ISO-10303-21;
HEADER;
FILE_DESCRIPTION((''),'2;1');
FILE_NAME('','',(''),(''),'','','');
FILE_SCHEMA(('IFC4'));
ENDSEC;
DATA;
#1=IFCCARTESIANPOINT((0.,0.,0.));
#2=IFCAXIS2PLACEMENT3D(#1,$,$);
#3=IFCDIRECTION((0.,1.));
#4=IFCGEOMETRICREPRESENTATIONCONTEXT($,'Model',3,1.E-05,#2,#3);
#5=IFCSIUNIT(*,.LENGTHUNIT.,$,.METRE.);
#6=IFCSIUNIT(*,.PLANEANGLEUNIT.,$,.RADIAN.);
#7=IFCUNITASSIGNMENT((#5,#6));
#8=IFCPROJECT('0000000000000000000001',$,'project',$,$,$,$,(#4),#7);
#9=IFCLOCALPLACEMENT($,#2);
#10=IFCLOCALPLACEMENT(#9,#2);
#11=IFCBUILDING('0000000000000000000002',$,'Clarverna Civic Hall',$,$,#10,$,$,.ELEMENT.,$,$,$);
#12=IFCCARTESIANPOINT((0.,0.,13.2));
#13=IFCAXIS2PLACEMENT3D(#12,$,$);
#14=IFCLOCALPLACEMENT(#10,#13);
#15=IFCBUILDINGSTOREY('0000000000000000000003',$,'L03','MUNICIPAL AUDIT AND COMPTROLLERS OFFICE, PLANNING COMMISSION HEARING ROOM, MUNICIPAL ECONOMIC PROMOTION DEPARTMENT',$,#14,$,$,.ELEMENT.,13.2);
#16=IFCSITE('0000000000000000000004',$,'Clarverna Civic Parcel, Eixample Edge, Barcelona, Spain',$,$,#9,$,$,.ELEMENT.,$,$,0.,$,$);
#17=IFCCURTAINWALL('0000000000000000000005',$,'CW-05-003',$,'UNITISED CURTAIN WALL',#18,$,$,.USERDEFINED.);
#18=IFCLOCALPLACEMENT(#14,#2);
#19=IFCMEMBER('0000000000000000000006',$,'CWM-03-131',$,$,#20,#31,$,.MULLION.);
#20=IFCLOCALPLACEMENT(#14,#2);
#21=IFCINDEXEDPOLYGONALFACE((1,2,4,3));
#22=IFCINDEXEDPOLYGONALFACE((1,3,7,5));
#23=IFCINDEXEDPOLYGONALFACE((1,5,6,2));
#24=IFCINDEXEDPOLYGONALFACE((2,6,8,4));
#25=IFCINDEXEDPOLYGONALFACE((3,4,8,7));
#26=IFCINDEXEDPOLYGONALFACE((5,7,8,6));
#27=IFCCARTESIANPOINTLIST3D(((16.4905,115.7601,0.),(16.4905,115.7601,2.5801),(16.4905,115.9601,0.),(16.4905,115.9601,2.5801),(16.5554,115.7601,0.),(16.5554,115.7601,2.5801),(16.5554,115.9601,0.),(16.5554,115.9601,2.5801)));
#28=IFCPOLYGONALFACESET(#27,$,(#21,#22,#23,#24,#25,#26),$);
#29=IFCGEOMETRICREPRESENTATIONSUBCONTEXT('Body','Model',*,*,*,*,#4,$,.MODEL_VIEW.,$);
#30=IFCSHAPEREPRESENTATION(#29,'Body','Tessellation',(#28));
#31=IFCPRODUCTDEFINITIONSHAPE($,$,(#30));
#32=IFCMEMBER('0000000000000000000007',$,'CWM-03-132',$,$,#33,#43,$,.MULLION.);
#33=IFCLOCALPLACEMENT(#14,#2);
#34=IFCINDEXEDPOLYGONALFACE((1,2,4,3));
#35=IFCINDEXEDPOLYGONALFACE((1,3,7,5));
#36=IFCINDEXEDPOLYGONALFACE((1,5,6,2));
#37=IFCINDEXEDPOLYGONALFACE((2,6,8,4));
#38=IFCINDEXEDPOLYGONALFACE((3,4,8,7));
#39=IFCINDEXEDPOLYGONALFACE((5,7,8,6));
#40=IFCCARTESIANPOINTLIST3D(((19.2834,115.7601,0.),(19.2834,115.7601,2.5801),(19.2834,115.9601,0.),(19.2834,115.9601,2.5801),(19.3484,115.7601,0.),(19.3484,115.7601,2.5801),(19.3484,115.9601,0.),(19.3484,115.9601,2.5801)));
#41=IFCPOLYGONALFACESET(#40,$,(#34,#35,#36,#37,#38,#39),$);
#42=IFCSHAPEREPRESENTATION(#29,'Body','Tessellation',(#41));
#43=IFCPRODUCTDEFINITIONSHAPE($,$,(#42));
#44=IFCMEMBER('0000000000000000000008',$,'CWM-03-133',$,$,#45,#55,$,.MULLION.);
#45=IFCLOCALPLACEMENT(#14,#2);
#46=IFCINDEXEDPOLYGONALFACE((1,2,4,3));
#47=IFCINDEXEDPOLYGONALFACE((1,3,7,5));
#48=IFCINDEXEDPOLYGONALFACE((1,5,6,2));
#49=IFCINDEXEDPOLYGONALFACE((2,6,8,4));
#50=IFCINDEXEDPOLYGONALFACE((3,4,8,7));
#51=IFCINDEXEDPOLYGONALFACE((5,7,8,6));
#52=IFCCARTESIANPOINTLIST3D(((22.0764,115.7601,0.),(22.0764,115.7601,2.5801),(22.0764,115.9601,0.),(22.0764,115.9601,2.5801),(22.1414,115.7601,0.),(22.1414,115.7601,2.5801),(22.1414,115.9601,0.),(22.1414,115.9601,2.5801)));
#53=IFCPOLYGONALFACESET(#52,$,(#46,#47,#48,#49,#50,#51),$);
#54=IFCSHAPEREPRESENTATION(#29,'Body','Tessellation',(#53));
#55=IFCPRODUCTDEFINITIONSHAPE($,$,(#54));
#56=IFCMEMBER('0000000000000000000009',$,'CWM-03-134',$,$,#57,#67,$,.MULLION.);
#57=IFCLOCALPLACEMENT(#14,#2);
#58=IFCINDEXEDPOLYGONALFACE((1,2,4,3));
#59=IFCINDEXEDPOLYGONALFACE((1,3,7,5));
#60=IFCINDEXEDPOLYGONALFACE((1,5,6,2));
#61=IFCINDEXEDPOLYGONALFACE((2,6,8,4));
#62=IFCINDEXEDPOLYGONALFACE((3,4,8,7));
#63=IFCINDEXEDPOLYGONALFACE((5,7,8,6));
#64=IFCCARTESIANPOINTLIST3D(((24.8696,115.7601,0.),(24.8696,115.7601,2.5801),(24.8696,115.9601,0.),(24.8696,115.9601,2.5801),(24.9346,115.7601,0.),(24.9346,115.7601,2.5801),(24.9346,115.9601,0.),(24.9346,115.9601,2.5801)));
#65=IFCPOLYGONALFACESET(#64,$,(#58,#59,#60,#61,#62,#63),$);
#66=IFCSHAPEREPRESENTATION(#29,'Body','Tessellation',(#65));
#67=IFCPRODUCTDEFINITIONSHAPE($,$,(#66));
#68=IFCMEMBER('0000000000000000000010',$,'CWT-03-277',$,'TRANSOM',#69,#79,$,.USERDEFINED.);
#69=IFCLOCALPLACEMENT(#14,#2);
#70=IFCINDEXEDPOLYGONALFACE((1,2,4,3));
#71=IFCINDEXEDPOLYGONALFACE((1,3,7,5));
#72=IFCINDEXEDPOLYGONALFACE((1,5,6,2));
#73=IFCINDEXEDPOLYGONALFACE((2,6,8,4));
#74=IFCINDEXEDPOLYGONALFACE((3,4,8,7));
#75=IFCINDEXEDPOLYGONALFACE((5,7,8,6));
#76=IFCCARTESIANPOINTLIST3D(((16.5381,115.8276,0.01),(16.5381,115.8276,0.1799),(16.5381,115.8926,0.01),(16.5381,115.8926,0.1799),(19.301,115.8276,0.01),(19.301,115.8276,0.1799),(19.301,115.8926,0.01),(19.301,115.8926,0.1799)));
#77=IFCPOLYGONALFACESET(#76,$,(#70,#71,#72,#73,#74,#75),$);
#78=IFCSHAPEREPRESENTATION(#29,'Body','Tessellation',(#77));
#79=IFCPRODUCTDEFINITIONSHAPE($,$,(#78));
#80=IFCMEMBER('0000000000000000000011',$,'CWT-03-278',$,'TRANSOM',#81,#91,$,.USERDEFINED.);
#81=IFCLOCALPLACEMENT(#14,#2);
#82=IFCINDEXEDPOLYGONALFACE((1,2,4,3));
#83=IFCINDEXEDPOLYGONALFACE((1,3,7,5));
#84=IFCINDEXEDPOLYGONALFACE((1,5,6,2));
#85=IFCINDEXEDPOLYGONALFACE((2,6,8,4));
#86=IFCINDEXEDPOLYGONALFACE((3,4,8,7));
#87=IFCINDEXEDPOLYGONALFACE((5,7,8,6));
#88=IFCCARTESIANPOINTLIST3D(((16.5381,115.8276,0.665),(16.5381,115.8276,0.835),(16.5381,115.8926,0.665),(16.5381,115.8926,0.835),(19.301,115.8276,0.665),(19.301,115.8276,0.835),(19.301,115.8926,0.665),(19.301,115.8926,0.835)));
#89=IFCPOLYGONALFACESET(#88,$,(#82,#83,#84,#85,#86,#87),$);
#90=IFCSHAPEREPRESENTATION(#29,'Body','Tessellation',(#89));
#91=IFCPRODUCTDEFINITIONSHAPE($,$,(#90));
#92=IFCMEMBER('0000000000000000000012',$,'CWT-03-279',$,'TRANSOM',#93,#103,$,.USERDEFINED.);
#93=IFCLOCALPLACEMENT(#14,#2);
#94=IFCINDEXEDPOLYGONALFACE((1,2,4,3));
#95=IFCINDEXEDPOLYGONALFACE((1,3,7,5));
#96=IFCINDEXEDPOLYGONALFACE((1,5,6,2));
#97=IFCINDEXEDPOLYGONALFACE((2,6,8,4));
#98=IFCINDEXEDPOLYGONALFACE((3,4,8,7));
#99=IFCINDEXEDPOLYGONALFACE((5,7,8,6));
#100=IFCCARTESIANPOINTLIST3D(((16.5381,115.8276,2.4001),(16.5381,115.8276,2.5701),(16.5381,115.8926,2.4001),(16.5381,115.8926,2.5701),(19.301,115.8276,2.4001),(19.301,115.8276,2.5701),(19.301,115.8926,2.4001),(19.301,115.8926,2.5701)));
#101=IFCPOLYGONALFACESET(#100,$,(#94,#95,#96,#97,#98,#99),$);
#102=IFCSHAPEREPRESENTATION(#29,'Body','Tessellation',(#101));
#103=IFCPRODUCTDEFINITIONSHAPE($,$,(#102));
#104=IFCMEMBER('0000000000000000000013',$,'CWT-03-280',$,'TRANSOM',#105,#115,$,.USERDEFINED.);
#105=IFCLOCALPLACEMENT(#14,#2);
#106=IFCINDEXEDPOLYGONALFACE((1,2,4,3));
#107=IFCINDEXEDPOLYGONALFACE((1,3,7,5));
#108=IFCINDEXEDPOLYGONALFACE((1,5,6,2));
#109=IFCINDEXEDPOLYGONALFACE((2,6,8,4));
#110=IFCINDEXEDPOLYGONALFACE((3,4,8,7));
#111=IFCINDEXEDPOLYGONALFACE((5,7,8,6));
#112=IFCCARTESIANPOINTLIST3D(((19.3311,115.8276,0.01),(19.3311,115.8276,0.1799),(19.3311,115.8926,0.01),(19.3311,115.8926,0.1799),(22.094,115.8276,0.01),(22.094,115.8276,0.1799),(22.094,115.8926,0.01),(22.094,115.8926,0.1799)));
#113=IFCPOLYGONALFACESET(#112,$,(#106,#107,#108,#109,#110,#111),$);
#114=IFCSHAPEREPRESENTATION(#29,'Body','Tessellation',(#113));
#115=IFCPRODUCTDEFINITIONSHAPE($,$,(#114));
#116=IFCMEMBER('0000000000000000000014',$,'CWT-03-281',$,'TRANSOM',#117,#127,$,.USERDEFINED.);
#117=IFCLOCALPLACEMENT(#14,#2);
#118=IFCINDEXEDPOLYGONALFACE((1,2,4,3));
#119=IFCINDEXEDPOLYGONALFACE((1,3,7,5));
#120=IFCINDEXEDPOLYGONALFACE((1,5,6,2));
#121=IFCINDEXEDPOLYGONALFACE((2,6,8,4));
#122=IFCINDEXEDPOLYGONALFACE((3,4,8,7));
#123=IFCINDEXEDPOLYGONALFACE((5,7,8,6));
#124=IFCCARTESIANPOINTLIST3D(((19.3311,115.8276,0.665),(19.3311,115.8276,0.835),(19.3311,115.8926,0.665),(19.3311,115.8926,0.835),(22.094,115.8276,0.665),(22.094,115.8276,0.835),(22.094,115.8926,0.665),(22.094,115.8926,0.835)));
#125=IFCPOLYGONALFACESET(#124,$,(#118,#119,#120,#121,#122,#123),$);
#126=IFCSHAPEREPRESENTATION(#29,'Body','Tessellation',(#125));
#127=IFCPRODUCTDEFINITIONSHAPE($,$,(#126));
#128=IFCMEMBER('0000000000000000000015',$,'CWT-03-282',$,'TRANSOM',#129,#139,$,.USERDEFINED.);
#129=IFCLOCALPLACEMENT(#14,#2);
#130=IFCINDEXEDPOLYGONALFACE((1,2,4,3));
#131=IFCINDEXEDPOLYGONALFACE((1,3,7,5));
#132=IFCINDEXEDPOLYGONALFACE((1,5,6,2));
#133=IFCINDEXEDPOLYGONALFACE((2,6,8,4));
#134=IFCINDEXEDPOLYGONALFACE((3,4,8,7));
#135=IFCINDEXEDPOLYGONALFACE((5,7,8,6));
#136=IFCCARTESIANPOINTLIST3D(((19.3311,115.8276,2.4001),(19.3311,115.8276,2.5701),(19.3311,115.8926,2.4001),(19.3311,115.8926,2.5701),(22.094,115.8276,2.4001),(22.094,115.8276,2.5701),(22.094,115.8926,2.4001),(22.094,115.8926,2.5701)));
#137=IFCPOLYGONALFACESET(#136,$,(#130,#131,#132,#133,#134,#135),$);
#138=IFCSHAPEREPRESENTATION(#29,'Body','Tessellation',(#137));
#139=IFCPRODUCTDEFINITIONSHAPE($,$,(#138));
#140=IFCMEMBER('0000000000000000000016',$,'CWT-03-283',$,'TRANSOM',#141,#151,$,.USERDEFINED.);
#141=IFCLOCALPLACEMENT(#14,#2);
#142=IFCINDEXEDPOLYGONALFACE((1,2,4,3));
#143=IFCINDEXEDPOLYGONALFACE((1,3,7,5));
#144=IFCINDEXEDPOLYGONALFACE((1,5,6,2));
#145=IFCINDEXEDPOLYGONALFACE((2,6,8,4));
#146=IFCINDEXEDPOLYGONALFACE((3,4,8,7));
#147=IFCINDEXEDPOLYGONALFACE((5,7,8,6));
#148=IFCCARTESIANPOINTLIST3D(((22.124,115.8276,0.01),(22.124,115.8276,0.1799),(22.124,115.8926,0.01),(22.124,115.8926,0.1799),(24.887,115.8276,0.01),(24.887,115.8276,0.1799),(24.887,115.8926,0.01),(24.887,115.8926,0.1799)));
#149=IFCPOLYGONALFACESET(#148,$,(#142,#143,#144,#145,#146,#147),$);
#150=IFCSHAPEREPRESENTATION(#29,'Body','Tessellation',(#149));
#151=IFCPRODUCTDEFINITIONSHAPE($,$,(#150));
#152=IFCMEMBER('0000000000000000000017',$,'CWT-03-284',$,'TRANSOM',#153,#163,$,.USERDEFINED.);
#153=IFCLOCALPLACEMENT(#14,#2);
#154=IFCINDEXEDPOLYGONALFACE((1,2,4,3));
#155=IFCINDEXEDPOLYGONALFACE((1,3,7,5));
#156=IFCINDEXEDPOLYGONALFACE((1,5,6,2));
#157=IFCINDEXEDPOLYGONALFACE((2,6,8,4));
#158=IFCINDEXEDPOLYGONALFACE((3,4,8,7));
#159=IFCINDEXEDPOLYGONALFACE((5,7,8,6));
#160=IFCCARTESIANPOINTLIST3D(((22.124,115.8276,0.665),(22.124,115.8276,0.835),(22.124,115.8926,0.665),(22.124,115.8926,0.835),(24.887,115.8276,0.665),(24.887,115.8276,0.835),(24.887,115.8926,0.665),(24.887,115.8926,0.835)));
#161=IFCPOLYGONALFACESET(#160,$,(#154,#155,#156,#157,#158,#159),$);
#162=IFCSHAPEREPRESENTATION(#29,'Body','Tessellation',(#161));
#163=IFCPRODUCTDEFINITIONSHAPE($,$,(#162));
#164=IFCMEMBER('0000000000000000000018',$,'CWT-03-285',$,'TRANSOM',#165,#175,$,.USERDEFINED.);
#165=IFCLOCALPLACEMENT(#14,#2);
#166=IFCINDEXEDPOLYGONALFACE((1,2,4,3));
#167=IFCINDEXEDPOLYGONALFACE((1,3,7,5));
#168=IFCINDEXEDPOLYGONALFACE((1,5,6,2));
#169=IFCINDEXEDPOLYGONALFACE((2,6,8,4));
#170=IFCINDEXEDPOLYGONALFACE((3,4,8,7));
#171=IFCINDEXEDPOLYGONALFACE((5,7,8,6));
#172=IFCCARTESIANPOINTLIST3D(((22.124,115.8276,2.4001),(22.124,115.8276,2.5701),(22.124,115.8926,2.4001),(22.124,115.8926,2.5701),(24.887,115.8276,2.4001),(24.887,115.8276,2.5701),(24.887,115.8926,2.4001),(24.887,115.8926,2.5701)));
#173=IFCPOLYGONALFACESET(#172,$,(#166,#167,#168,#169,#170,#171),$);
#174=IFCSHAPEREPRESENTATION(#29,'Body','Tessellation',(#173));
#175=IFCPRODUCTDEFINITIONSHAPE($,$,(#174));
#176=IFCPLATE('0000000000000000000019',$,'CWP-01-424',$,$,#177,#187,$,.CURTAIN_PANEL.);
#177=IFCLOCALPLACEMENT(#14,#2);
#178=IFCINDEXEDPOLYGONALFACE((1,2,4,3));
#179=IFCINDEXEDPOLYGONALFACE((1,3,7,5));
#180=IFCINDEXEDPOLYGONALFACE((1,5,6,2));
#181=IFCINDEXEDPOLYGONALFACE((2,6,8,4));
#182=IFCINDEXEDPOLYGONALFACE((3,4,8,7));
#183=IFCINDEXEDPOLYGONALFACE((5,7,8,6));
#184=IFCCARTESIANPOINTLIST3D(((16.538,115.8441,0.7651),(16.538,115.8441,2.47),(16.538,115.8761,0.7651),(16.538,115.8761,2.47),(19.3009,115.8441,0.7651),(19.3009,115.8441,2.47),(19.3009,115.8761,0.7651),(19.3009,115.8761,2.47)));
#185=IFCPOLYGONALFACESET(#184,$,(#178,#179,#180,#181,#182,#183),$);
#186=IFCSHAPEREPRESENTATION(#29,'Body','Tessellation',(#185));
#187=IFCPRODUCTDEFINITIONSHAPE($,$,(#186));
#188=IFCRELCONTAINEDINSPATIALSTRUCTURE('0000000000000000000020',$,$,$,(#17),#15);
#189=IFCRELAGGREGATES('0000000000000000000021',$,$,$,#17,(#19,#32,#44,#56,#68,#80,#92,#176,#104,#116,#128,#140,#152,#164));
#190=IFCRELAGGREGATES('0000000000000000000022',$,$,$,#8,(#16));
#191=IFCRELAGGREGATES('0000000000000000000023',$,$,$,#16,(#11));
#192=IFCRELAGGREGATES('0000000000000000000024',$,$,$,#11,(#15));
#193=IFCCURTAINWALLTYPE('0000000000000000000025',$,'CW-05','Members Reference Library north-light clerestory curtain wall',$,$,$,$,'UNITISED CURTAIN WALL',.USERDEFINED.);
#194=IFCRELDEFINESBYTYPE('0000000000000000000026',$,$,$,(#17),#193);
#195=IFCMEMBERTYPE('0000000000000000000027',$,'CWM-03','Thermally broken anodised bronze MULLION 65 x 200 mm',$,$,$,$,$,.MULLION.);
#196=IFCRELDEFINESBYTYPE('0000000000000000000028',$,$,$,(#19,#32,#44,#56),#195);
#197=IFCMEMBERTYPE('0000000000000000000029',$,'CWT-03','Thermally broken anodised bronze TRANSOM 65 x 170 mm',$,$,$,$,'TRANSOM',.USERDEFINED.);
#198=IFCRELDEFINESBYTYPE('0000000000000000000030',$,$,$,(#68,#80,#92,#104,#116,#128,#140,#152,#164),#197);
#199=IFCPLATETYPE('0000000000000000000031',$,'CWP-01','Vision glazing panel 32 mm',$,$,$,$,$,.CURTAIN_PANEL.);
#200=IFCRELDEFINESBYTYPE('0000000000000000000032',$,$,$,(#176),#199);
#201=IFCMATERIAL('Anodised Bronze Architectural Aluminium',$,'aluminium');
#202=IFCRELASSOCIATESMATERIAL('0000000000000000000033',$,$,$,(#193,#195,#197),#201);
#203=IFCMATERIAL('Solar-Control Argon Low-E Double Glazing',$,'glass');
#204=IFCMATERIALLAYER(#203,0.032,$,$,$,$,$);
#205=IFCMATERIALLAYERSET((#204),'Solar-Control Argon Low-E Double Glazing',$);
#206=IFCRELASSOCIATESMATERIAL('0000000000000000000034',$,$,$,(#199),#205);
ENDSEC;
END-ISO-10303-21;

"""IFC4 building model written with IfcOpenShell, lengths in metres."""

from ifc_helpers import new_model, si_unit, direction, frame, frame_2d, origin, origin_2d, place, context, subcontext, project, spatial, rectangle, extrude, material, layer, layer_set, material_profile, profile_set, type_object, element, aggregate, save


model = new_model("IFC4")

# Units and contexts
model_context = context("Model", 3, precision=1e-05, world=origin(), true_north=direction((0.0, 1.0)))
body_context = subcontext(model_context, "Body", "Model", "MODEL_VIEW")
ifc_project = project(units=[si_unit("LENGTHUNIT", "METRE"), si_unit("PLANEANGLEUNIT", "RADIAN")], contexts=[model_context])

# Site, building, storey
site_placement = place(None, origin())
site = spatial("IfcSite", under=ifc_project, at=site_placement, Name="Clarverna Civic Parcel, Eixample Edge, Barcelona, Spain", CompositionType="ELEMENT", RefElevation=0.0)
building_placement = place(site_placement, origin())
building = spatial("IfcBuilding", under=site, at=building_placement, Name="Clarverna Civic Hall", CompositionType="ELEMENT")
storey_placement = place(building_placement, frame((0.0, 0.0, 13.2)))
storey = spatial("IfcBuildingStorey", under=building, at=storey_placement, Name="L03", Description="MUNICIPAL AUDIT AND COMPTROLLERS OFFICE, PLANNING COMMISSION HEARING ROOM, MUNICIPAL ECONOMIC PROMOTION DEPARTMENT", CompositionType="ELEMENT", Elevation=13.2)

# Shared definitions
ifc_material_1 = material(Name="Anodised Bronze Architectural Aluminium", Category="aluminium")
curtain_wall_type = type_object("IfcCurtainWallType", Name="CW-05", Description="Members Reference Library north-light clerestory curtain wall", ElementType="UNITISED CURTAIN WALL", PredefinedType="USERDEFINED", material=ifc_material_1)

# Curtain wall, members, plate
curtain_wall_1_placement = place(storey_placement, origin())
curtain_wall_1 = element("IfcCurtainWall", 1, at=curtain_wall_1_placement, inside=storey, type_object=curtain_wall_type, Name="CW-05-003", ObjectType="UNITISED CURTAIN WALL", PredefinedType="USERDEFINED")
ifc_material_profile_1 = material_profile(ifc_material_1, rectangle(XDim=0.0649, YDim=0.2, at=origin_2d()), Name="BRONZE 65x200")
ifc_profile_set_1 = profile_set([ifc_material_profile_1], Name="Anodised Bronze Architectural Aluminium")
member_type_1 = type_object("IfcMemberType", Name="CWM-03", Description="Thermally broken anodised bronze MULLION 65 x 200 mm", PredefinedType="MULLION", material=ifc_profile_set_1)
member_1_placement = place(storey_placement, frame((16.5229, 115.8601, 0.0), z_axis=(0.0, 0.0, 1.0), x_axis=(1.0, 0.0, 0.0)))
member_1 = element("IfcMember", 2, at=member_1_placement, type_object=member_type_1, Name="CWM-03-131", PredefinedType="MULLION", context=body_context, shape_type="SweptSolid", body=[
    extrude(rectangle(XDim=0.0649, YDim=0.2, at=origin_2d()), origin(), (0.0, 0.0, 1.0), 2.5801),
])
member_2_placement = place(storey_placement, frame((19.3159, 115.8601, 0.0), z_axis=(0.0, 0.0, 1.0), x_axis=(1.0, 0.0, 0.0)))
member_2 = element("IfcMember", 3, at=member_2_placement, type_object=member_type_1, Name="CWM-03-132", PredefinedType="MULLION", context=body_context, shape_type="SweptSolid", body=[
    extrude(rectangle(XDim=0.0649, YDim=0.2, at=origin_2d()), origin(), (0.0, 0.0, 1.0), 2.5801),
])
member_3_placement = place(storey_placement, frame((22.1089, 115.8601, 0.0), z_axis=(0.0, 0.0, 1.0), x_axis=(1.0, 0.0, 0.0)))
member_3 = element("IfcMember", 4, at=member_3_placement, type_object=member_type_1, Name="CWM-03-133", PredefinedType="MULLION", context=body_context, shape_type="SweptSolid", body=[
    extrude(rectangle(XDim=0.0649, YDim=0.2, at=origin_2d()), origin(), (0.0, 0.0, 1.0), 2.5801),
])
member_4_placement = place(storey_placement, frame((24.9021, 115.8601, 0.0), z_axis=(0.0, 0.0, 1.0), x_axis=(1.0, 0.0, 0.0)))
member_4 = element("IfcMember", 5, at=member_4_placement, type_object=member_type_1, Name="CWM-03-134", PredefinedType="MULLION", context=body_context, shape_type="SweptSolid", body=[
    extrude(rectangle(XDim=0.0649, YDim=0.2, at=origin_2d()), origin(), (0.0, 0.0, 1.0), 2.5801),
])
ifc_material_profile_2 = material_profile(ifc_material_1, rectangle(XDim=0.0649, YDim=0.1699, at=origin_2d()), Name="BRONZE 65x170")
ifc_profile_set_2 = profile_set([ifc_material_profile_2], Name="Anodised Bronze Architectural Aluminium")
member_type_2 = type_object("IfcMemberType", Name="CWT-03", Description="Thermally broken anodised bronze TRANSOM 65 x 170 mm", ElementType="TRANSOM", PredefinedType="USERDEFINED", material=ifc_profile_set_2)
member_5_placement = place(storey_placement, frame((16.5381, 115.8601, 0.095), z_axis=(1.0, 0.0, 0.0), x_axis=(0.0, 1.0, 0.0)))
member_5 = element("IfcMember", 6, at=member_5_placement, type_object=member_type_2, Name="CWT-03-277", ObjectType="TRANSOM", PredefinedType="USERDEFINED", context=body_context, shape_type="SweptSolid", body=[
    extrude(rectangle(XDim=0.0649, YDim=0.1699, at=origin_2d()), origin(), (0.0, 0.0, 1.0), 2.7629),
])
member_6_placement = place(storey_placement, frame((16.5381, 115.8601, 0.75), z_axis=(1.0, 0.0, 0.0), x_axis=(0.0, 1.0, 0.0)))
member_6 = element("IfcMember", 7, at=member_6_placement, type_object=member_type_2, Name="CWT-03-278", ObjectType="TRANSOM", PredefinedType="USERDEFINED", context=body_context, shape_type="SweptSolid", body=[
    extrude(rectangle(XDim=0.0649, YDim=0.1699, at=origin_2d()), origin(), (0.0, 0.0, 1.0), 2.7629),
])
member_7_placement = place(storey_placement, frame((16.5381, 115.8601, 2.4851), z_axis=(1.0, 0.0, 0.0), x_axis=(0.0, 1.0, 0.0)))
member_7 = element("IfcMember", 8, at=member_7_placement, type_object=member_type_2, Name="CWT-03-279", ObjectType="TRANSOM", PredefinedType="USERDEFINED", context=body_context, shape_type="SweptSolid", body=[
    extrude(rectangle(XDim=0.0649, YDim=0.1699, at=origin_2d()), origin(), (0.0, 0.0, 1.0), 2.7629),
])
member_8_placement = place(storey_placement, frame((19.3311, 115.8601, 0.095), z_axis=(1.0, 0.0, 0.0), x_axis=(0.0, 1.0, 0.0)))
member_8 = element("IfcMember", 9, at=member_8_placement, type_object=member_type_2, Name="CWT-03-280", ObjectType="TRANSOM", PredefinedType="USERDEFINED", context=body_context, shape_type="SweptSolid", body=[
    extrude(rectangle(XDim=0.0649, YDim=0.1699, at=origin_2d()), origin(), (0.0, 0.0, 1.0), 2.7629),
])
member_9_placement = place(storey_placement, frame((19.3311, 115.8601, 0.75), z_axis=(1.0, 0.0, 0.0), x_axis=(0.0, 1.0, 0.0)))
member_9 = element("IfcMember", 10, at=member_9_placement, type_object=member_type_2, Name="CWT-03-281", ObjectType="TRANSOM", PredefinedType="USERDEFINED", context=body_context, shape_type="SweptSolid", body=[
    extrude(rectangle(XDim=0.0649, YDim=0.1699, at=origin_2d()), origin(), (0.0, 0.0, 1.0), 2.7629),
])
member_10_placement = place(storey_placement, frame((19.3311, 115.8601, 2.4851), z_axis=(1.0, 0.0, 0.0), x_axis=(0.0, 1.0, 0.0)))
member_10 = element("IfcMember", 11, at=member_10_placement, type_object=member_type_2, Name="CWT-03-282", ObjectType="TRANSOM", PredefinedType="USERDEFINED", context=body_context, shape_type="SweptSolid", body=[
    extrude(rectangle(XDim=0.0649, YDim=0.1699, at=origin_2d()), origin(), (0.0, 0.0, 1.0), 2.7629),
])
member_11_placement = place(storey_placement, frame((22.124, 115.8601, 0.095), z_axis=(1.0, 0.0, 0.0), x_axis=(0.0, 1.0, 0.0)))
member_11 = element("IfcMember", 12, at=member_11_placement, type_object=member_type_2, Name="CWT-03-283", ObjectType="TRANSOM", PredefinedType="USERDEFINED", context=body_context, shape_type="SweptSolid", body=[
    extrude(rectangle(XDim=0.0649, YDim=0.1699, at=origin_2d()), origin(), (0.0, 0.0, 1.0), 2.7629),
])
member_12_placement = place(storey_placement, frame((22.124, 115.8601, 0.75), z_axis=(1.0, 0.0, 0.0), x_axis=(0.0, 1.0, 0.0)))
member_12 = element("IfcMember", 13, at=member_12_placement, type_object=member_type_2, Name="CWT-03-284", ObjectType="TRANSOM", PredefinedType="USERDEFINED", context=body_context, shape_type="SweptSolid", body=[
    extrude(rectangle(XDim=0.0649, YDim=0.1699, at=origin_2d()), origin(), (0.0, 0.0, 1.0), 2.7629),
])
member_13_placement = place(storey_placement, frame((22.124, 115.8601, 2.4851), z_axis=(1.0, 0.0, 0.0), x_axis=(0.0, 1.0, 0.0)))
member_13 = element("IfcMember", 14, at=member_13_placement, type_object=member_type_2, Name="CWT-03-285", ObjectType="TRANSOM", PredefinedType="USERDEFINED", context=body_context, shape_type="SweptSolid", body=[
    extrude(rectangle(XDim=0.0649, YDim=0.1699, at=origin_2d()), origin(), (0.0, 0.0, 1.0), 2.7629),
])
ifc_material_2 = material(Name="Solar-Control Argon Low-E Double Glazing", Category="glass")
ifc_layer_1 = layer(ifc_material_2, 0.032)
ifc_layer_set_1 = layer_set([ifc_layer_1], Name="Solar-Control Argon Low-E Double Glazing")
plate_type_1 = type_object("IfcPlateType", Name="CWP-01", Description="Vision glazing panel 32 mm", PredefinedType="CURTAIN_PANEL", material=ifc_layer_set_1)
plate_1_placement = place(storey_placement, frame((16.5381, 115.8601, 0.7651), z_axis=(0.0, 0.0, 1.0), x_axis=(1.0, 0.0, 0.0)))
plate_1 = element("IfcPlate", 15, at=plate_1_placement, type_object=plate_type_1, Name="CWP-01-424", PredefinedType="CURTAIN_PANEL", context=body_context, shape_type="SweptSolid", body=[
    extrude(rectangle(XDim=2.7629, YDim=0.032, at=frame_2d((1.3813, 0.0))), origin(), (0.0, 0.0, 1.0), 1.7048),
])
aggregate(curtain_wall_1, [member_1, member_2, member_3, member_4, member_5, member_6, member_7, plate_1, member_8, member_9, member_10, member_11, member_12, member_13])

save(model, "model.ifc")
